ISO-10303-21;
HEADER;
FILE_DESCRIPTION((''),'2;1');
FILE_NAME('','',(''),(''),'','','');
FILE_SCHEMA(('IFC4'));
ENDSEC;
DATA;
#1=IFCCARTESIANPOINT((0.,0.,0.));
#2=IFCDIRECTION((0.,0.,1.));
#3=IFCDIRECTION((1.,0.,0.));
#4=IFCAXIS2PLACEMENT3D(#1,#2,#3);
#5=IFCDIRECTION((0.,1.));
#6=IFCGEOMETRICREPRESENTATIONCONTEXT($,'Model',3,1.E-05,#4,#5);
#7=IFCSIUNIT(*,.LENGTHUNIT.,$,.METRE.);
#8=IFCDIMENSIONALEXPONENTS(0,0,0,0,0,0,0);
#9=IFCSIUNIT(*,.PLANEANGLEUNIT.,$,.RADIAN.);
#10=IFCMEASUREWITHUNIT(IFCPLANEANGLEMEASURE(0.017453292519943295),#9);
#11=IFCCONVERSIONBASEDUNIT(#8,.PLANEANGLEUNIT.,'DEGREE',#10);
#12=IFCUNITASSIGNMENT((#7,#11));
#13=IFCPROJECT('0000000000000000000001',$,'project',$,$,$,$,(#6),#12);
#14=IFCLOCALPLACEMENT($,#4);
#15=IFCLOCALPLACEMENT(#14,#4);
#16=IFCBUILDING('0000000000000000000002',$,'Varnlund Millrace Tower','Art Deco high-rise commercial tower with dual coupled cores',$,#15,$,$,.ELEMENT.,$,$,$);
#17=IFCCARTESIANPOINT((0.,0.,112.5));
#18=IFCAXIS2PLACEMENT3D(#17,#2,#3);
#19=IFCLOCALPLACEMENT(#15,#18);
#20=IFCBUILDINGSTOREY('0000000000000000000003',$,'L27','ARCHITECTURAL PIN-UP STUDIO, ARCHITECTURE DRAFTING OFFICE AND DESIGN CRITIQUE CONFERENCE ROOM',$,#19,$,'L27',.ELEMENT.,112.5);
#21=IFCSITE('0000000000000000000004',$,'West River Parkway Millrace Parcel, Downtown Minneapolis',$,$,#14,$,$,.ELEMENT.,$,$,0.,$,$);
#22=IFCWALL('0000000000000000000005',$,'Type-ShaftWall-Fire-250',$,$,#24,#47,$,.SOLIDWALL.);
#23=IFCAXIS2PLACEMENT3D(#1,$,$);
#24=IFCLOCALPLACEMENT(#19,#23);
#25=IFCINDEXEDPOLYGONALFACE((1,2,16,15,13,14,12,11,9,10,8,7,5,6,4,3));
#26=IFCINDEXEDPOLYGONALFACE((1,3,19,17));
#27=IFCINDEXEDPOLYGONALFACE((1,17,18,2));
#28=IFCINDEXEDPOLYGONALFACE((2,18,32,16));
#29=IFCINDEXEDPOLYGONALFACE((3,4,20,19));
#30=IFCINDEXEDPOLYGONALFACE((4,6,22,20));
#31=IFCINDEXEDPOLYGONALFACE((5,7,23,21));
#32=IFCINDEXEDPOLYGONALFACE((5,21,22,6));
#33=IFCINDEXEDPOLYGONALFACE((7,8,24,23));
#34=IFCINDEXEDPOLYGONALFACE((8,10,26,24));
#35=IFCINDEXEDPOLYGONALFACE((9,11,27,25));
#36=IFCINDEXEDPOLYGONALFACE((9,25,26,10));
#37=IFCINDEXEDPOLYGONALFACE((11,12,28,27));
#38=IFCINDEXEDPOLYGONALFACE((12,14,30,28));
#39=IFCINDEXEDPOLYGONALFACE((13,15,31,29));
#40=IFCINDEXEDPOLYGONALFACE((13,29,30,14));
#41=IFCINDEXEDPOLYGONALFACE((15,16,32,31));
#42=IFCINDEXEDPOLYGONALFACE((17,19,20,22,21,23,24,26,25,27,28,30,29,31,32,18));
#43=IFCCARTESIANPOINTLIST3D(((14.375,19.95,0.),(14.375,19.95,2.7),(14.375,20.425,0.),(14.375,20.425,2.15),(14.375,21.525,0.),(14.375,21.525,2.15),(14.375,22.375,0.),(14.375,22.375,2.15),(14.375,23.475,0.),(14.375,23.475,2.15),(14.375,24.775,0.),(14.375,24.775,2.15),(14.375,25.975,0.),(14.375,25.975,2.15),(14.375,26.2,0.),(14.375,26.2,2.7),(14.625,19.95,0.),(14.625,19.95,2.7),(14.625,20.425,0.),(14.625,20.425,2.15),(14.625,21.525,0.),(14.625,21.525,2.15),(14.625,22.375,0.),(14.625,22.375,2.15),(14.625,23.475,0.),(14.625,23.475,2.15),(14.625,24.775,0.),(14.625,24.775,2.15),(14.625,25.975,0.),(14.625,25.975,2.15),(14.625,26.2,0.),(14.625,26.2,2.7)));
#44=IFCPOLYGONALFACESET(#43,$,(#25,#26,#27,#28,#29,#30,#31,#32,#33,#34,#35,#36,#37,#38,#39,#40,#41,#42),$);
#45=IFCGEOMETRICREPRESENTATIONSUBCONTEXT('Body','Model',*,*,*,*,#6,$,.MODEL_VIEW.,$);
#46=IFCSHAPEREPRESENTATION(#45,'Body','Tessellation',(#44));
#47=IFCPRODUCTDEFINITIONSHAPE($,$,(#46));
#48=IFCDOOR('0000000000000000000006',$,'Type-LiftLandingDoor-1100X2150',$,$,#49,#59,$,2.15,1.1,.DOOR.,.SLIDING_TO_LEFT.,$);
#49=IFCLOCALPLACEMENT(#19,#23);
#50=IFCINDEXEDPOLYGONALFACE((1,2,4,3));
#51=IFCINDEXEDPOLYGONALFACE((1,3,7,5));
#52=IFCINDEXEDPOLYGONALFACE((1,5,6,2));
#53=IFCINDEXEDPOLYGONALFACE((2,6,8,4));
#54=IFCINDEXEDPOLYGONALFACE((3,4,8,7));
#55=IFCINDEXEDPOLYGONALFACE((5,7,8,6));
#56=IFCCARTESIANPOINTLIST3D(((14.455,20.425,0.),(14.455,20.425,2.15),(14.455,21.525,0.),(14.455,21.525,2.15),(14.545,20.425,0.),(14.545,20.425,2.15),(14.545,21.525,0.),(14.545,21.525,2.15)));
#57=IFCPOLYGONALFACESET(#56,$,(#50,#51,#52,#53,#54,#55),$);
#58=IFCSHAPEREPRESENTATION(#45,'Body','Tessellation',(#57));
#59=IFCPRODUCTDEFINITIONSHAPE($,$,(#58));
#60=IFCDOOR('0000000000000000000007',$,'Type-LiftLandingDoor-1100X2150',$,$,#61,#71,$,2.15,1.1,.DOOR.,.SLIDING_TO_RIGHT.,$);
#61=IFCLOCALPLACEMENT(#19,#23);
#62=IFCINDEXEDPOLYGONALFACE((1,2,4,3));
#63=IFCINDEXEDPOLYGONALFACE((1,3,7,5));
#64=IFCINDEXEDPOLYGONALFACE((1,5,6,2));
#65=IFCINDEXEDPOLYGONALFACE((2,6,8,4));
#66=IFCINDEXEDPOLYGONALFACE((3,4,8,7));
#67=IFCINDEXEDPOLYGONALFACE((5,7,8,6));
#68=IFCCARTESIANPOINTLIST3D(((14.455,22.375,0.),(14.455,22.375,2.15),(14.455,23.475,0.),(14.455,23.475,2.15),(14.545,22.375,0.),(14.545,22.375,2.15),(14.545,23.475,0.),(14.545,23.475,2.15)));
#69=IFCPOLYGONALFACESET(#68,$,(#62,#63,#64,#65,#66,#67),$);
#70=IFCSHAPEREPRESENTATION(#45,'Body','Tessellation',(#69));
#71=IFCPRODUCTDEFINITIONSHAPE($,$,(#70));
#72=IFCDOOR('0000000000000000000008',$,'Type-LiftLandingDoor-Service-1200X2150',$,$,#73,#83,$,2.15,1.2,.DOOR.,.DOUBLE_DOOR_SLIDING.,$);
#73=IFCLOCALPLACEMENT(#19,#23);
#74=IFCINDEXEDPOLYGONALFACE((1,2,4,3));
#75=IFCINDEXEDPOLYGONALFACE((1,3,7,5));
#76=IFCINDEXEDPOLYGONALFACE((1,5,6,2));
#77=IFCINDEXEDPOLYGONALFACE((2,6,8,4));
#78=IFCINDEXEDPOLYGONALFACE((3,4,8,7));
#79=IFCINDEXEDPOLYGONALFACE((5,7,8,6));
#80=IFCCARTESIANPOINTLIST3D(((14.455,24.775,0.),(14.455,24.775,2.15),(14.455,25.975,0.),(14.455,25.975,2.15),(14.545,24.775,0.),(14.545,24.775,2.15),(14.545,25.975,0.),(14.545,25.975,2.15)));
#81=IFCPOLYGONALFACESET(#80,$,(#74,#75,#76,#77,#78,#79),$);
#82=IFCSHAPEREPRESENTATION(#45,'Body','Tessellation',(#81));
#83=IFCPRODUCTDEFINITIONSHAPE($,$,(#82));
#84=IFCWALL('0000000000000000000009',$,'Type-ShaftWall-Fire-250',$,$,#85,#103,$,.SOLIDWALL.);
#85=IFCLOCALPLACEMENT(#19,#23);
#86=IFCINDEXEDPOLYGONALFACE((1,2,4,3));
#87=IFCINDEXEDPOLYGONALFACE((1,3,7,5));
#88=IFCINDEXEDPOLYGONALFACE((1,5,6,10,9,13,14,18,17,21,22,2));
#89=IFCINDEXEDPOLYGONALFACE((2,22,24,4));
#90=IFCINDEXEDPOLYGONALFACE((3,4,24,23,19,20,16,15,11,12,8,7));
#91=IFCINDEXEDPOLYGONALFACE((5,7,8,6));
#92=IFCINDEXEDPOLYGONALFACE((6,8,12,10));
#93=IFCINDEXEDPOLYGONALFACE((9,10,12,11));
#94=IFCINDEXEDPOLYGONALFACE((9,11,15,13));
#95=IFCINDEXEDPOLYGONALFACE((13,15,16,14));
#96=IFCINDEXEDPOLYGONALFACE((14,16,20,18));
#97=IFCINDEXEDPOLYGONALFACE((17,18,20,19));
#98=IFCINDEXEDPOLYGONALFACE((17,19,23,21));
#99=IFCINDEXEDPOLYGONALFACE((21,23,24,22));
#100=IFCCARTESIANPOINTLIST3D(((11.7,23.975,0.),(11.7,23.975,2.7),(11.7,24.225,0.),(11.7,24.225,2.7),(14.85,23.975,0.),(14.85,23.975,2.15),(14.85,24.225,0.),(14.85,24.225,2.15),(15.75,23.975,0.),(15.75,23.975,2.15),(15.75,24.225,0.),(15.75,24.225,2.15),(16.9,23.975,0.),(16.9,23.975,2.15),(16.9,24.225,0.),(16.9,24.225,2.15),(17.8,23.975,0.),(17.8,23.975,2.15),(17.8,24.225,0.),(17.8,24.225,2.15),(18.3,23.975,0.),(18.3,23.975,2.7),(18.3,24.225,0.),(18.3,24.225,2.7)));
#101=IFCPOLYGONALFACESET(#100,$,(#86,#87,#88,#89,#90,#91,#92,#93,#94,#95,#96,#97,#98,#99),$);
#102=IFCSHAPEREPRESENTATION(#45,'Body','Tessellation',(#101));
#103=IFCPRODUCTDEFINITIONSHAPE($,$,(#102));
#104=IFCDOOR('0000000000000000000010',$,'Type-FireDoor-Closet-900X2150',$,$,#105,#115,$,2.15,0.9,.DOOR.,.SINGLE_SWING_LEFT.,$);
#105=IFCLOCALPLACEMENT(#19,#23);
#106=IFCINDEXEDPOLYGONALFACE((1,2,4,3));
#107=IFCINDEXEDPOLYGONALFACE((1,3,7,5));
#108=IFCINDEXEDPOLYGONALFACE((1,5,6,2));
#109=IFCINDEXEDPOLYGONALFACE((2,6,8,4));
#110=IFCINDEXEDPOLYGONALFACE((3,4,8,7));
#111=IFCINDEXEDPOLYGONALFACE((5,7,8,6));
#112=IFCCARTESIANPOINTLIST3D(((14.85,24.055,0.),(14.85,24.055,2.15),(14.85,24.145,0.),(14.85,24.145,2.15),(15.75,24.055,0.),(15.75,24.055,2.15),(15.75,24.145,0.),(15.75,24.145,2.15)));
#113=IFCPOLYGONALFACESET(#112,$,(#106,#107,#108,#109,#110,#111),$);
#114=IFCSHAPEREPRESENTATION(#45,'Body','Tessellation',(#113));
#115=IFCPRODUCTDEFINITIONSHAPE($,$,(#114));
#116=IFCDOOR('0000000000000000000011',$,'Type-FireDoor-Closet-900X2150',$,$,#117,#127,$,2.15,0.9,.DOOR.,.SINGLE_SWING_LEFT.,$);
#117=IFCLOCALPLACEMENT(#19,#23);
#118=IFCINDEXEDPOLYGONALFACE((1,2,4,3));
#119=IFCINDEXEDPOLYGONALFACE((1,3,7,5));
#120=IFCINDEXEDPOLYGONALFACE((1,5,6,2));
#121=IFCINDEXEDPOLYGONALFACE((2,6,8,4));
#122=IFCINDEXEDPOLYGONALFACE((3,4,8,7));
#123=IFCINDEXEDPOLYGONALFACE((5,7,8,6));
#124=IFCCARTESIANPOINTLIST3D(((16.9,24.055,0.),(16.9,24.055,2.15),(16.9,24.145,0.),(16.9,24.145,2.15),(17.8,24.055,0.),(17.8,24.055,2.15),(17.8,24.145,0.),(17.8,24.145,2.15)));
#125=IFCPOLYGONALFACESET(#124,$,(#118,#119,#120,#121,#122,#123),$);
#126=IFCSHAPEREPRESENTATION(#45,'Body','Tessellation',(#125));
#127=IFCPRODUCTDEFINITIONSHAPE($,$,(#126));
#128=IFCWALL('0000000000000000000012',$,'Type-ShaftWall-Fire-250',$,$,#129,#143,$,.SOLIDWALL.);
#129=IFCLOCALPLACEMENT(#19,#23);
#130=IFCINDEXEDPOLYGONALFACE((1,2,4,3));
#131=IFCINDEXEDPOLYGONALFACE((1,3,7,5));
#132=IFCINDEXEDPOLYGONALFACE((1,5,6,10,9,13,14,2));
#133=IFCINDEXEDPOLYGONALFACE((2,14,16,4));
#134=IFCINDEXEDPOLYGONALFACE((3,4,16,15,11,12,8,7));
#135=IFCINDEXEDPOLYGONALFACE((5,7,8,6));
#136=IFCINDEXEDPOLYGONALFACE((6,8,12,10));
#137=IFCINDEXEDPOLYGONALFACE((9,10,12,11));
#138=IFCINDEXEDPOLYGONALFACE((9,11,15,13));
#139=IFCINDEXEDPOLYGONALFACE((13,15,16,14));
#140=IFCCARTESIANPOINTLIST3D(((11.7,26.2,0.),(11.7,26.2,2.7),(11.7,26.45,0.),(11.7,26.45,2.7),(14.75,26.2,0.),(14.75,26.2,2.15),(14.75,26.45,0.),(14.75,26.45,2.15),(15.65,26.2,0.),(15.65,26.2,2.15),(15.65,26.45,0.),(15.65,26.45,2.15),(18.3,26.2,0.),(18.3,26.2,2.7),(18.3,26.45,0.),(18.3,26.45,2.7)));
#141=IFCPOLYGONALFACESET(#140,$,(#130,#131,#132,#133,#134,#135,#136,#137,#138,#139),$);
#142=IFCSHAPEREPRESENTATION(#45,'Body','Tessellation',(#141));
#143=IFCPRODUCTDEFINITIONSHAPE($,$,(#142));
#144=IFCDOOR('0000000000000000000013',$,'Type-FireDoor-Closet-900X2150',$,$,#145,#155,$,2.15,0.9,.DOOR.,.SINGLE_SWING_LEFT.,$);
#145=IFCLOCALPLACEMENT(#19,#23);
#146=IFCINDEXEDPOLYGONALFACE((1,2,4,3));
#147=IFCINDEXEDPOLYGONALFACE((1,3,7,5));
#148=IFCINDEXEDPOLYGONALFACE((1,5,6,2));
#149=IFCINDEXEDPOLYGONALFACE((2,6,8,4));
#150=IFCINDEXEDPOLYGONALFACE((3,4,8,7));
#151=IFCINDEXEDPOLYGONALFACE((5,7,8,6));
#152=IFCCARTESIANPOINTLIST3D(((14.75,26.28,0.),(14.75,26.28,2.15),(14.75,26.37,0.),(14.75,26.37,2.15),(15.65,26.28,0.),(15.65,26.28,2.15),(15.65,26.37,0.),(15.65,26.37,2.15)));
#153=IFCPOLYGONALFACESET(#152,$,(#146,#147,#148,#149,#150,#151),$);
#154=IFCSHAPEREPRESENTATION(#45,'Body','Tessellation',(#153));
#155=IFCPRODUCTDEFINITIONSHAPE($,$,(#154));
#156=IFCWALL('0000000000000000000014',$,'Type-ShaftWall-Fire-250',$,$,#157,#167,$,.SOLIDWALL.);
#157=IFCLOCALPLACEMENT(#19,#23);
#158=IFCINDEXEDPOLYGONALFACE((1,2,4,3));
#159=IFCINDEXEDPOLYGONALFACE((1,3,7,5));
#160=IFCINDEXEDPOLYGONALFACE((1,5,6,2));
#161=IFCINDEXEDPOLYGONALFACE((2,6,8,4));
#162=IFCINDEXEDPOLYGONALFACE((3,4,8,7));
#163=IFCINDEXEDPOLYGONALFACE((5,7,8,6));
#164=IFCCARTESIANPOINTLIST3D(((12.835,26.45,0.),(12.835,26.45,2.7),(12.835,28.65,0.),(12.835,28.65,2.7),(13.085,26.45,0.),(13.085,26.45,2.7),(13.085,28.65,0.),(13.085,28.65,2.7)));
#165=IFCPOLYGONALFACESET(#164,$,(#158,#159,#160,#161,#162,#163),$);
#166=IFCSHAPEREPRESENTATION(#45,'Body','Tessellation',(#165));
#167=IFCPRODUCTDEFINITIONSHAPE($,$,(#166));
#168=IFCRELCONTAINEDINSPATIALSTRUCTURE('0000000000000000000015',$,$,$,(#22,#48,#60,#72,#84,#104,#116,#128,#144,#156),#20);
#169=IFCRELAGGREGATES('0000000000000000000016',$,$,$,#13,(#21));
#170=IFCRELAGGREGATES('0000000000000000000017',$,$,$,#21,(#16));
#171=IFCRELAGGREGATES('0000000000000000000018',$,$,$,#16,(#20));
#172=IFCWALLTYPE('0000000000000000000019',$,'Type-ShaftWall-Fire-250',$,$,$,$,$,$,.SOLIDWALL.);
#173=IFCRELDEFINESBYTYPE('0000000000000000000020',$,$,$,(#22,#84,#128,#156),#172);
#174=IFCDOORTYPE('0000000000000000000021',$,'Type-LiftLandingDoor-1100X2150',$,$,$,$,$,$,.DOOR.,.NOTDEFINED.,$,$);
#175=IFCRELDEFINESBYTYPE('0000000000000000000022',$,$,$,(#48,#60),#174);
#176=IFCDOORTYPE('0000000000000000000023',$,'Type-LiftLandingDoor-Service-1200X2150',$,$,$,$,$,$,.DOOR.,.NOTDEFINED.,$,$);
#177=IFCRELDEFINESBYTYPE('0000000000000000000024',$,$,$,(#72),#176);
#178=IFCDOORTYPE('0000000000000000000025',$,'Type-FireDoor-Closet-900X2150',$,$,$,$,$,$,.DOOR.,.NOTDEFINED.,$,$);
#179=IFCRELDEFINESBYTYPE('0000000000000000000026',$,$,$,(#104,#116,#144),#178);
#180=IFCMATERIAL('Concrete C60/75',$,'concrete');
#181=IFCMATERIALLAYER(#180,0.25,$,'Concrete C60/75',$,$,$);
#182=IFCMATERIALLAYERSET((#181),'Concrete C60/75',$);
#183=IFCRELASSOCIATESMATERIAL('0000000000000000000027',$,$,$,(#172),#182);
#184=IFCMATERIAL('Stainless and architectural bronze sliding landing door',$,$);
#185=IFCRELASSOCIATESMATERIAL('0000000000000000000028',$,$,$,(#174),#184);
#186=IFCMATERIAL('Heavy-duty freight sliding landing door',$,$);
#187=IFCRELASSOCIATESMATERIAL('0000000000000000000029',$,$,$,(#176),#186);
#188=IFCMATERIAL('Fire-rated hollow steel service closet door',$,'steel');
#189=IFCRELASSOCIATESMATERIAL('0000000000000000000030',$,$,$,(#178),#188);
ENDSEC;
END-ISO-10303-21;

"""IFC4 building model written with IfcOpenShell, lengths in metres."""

from ifc_helpers import new_model, entity, si_unit, converted_unit, direction, frame, origin_with_axes, origin_2d_with_axis, place, context, subcontext, project, spatial, polyline, rectangle, outline, extrude, material, layer, layer_set, type_object, element, fill, save


model = new_model("IFC4")

# Units and contexts
model_context = context("Model", 3, precision=1e-05, world=origin_with_axes(), true_north=direction((0.0, 1.0)))
body_context = subcontext(model_context, "Body", "Model", "MODEL_VIEW")
ifc_project = project(units=[si_unit("LENGTHUNIT", "METRE"), converted_unit("PLANEANGLEUNIT", "DEGREE", entity("IfcPlaneAngleMeasure", 0.017453292519943295), si_unit("PLANEANGLEUNIT", "RADIAN"), dimensions=[0, 0, 0, 0, 0, 0, 0])], contexts=[model_context])

# Site, building, storey
site_placement = place(None, origin_with_axes())
site = spatial("IfcSite", under=ifc_project, at=site_placement, Name="West River Parkway Millrace Parcel, Downtown Minneapolis", CompositionType="ELEMENT", RefElevation=0.0)
building_placement = place(site_placement, origin_with_axes())
building = spatial("IfcBuilding", under=site, at=building_placement, Name="Varnlund Millrace Tower", Description="Art Deco high-rise commercial tower with dual coupled cores", CompositionType="ELEMENT")
storey_placement = place(building_placement, frame((0.0, 0.0, 112.5), z_axis=(0.0, 0.0, 1.0), x_axis=(1.0, 0.0, 0.0)))
storey = spatial("IfcBuildingStorey", under=building, at=storey_placement, Name="L27", Description="ARCHITECTURAL PIN-UP STUDIO, ARCHITECTURE DRAFTING OFFICE AND DESIGN CRITIQUE CONFERENCE ROOM", LongName="L27", CompositionType="ELEMENT", Elevation=112.5)

# Walls, openings, doors
ifc_material_1 = material(Name="Concrete C60/75", Category="concrete")
ifc_layer_1 = layer(ifc_material_1, 0.25, Name="Concrete C60/75")
ifc_layer_set_1 = layer_set([ifc_layer_1], Name="Concrete C60/75")
wall_type_1 = type_object("IfcWallType", Name="Type-ShaftWall-Fire-250", PredefinedType="SOLIDWALL", material=ifc_layer_set_1)
wall_1_placement = place(storey_placement, frame((14.5, 19.95, 0.0), z_axis=(0.0, 0.0, 1.0), x_axis=(0.0, 1.0, 0.0)))
wall_1 = element("IfcWall", 1, at=wall_1_placement, inside=storey, type_object=wall_type_1, Name="Type-ShaftWall-Fire-250", PredefinedType="SOLIDWALL", context=body_context, shape_type="SweptSolid", body=[
    extrude(outline(polyline([(0.0, -0.125), (6.25, -0.125), (6.25, 0.125), (0.0, 0.125), (0.0, -0.125)])), origin_with_axes(), (0.0, 0.0, 1.0), 2.7),
])
opening_1_placement = place(wall_1_placement, frame((1.025, 0.0, 0.0), z_axis=(0.0, 0.0, 1.0), x_axis=(1.0, 0.0, 0.0)))
opening_1 = element("IfcOpeningElement", 2, at=opening_1_placement, cuts=wall_1, PredefinedType="OPENING", context=body_context, shape_type="SweptSolid", body=[
    extrude(rectangle(XDim=1.1, YDim=0.27, at=origin_2d_with_axis()), origin_with_axes(), (0.0, 0.0, 1.0), 2.15),
])
opening_2_placement = place(wall_1_placement, frame((2.975, 0.0, 0.0), z_axis=(0.0, 0.0, 1.0), x_axis=(1.0, 0.0, 0.0)))
opening_2 = element("IfcOpeningElement", 3, at=opening_2_placement, cuts=wall_1, PredefinedType="OPENING", context=body_context, shape_type="SweptSolid", body=[
    extrude(rectangle(XDim=1.1, YDim=0.27, at=origin_2d_with_axis()), origin_with_axes(), (0.0, 0.0, 1.0), 2.15),
])
opening_3_placement = place(wall_1_placement, frame((5.425, 0.0, 0.0), z_axis=(0.0, 0.0, 1.0), x_axis=(1.0, 0.0, 0.0)))
opening_3 = element("IfcOpeningElement", 4, at=opening_3_placement, cuts=wall_1, PredefinedType="OPENING", context=body_context, shape_type="SweptSolid", body=[
    extrude(rectangle(XDim=1.2, YDim=0.27, at=origin_2d_with_axis()), origin_with_axes(), (0.0, 0.0, 1.0), 2.15),
])
ifc_material_2 = material(Name="Stainless and architectural bronze sliding landing door")
door_type_1 = type_object("IfcDoorType", Name="Type-LiftLandingDoor-1100X2150", OperationType="NOTDEFINED", PredefinedType="DOOR", material=ifc_material_2)
door_1_placement = place(wall_1_placement, frame((1.025, 0.0, 0.0), z_axis=(0.0, 0.0, 1.0), x_axis=(1.0, 0.0, 0.0)))
door_1 = element("IfcDoor", 5, at=door_1_placement, inside=storey, type_object=door_type_1, Name="Type-LiftLandingDoor-1100X2150", OperationType="SLIDING_TO_LEFT", OverallHeight=2.15, OverallWidth=1.1, PredefinedType="DOOR", context=body_context, shape_type="SweptSolid", body=[
    extrude(rectangle(XDim=1.1, YDim=0.09, at=origin_2d_with_axis()), origin_with_axes(), (0.0, 0.0, 1.0), 2.15),
])
fill(opening_1, door_1)
door_2_placement = place(wall_1_placement, frame((2.975, 0.0, 0.0), z_axis=(0.0, 0.0, 1.0), x_axis=(1.0, 0.0, 0.0)))
door_2 = element("IfcDoor", 6, at=door_2_placement, inside=storey, type_object=door_type_1, Name="Type-LiftLandingDoor-1100X2150", OperationType="SLIDING_TO_RIGHT", OverallHeight=2.15, OverallWidth=1.1, PredefinedType="DOOR", context=body_context, shape_type="SweptSolid", body=[
    extrude(rectangle(XDim=1.1, YDim=0.09, at=origin_2d_with_axis()), origin_with_axes(), (0.0, 0.0, 1.0), 2.15),
])
fill(opening_2, door_2)
ifc_material_3 = material(Name="Heavy-duty freight sliding landing door")
door_type_2 = type_object("IfcDoorType", Name="Type-LiftLandingDoor-Service-1200X2150", OperationType="NOTDEFINED", PredefinedType="DOOR", material=ifc_material_3)
door_3_placement = place(wall_1_placement, frame((5.425, 0.0, 0.0), z_axis=(0.0, 0.0, 1.0), x_axis=(1.0, 0.0, 0.0)))
door_3 = element("IfcDoor", 7, at=door_3_placement, inside=storey, type_object=door_type_2, Name="Type-LiftLandingDoor-Service-1200X2150", OperationType="DOUBLE_DOOR_SLIDING", OverallHeight=2.15, OverallWidth=1.2, PredefinedType="DOOR", context=body_context, shape_type="SweptSolid", body=[
    extrude(rectangle(XDim=1.2, YDim=0.09, at=origin_2d_with_axis()), origin_with_axes(), (0.0, 0.0, 1.0), 2.15),
])
fill(opening_3, door_3)
wall_2_placement = place(storey_placement, frame((11.7, 24.1, 0.0), z_axis=(0.0, 0.0, 1.0), x_axis=(1.0, 0.0, 0.0)))
wall_2 = element("IfcWall", 8, at=wall_2_placement, inside=storey, type_object=wall_type_1, Name="Type-ShaftWall-Fire-250", PredefinedType="SOLIDWALL", context=body_context, shape_type="SweptSolid", body=[
    extrude(outline(polyline([(0.0, -0.125), (6.6, -0.125), (6.6, 0.125), (0.0, 0.125), (0.0, -0.125)])), origin_with_axes(), (0.0, 0.0, 1.0), 2.7),
])
opening_4_placement = place(wall_2_placement, frame((3.6, 0.0, 0.0), z_axis=(0.0, 0.0, 1.0), x_axis=(1.0, 0.0, 0.0)))
opening_4 = element("IfcOpeningElement", 9, at=opening_4_placement, cuts=wall_2, PredefinedType="OPENING", context=body_context, shape_type="SweptSolid", body=[
    extrude(rectangle(XDim=0.9, YDim=0.27, at=origin_2d_with_axis()), origin_with_axes(), (0.0, 0.0, 1.0), 2.15),
])
opening_5_placement = place(wall_2_placement, frame((5.65, 0.0, 0.0), z_axis=(0.0, 0.0, 1.0), x_axis=(1.0, 0.0, 0.0)))
opening_5 = element("IfcOpeningElement", 10, at=opening_5_placement, cuts=wall_2, PredefinedType="OPENING", context=body_context, shape_type="SweptSolid", body=[
    extrude(rectangle(XDim=0.9, YDim=0.27, at=origin_2d_with_axis()), origin_with_axes(), (0.0, 0.0, 1.0), 2.15),
])
ifc_material_4 = material(Name="Fire-rated hollow steel service closet door", Category="steel")
door_type_3 = type_object("IfcDoorType", Name="Type-FireDoor-Closet-900X2150", OperationType="NOTDEFINED", PredefinedType="DOOR", material=ifc_material_4)
door_4_placement = place(wall_2_placement, frame((3.6, 0.0, 0.0), z_axis=(0.0, 0.0, 1.0), x_axis=(1.0, 0.0, 0.0)))
door_4 = element("IfcDoor", 11, at=door_4_placement, inside=storey, type_object=door_type_3, Name="Type-FireDoor-Closet-900X2150", OperationType="SINGLE_SWING_LEFT", OverallHeight=2.15, OverallWidth=0.9, PredefinedType="DOOR", context=body_context, shape_type="SweptSolid", body=[
    extrude(rectangle(XDim=0.9, YDim=0.09, at=origin_2d_with_axis()), origin_with_axes(), (0.0, 0.0, 1.0), 2.15),
])
fill(opening_4, door_4)
door_5_placement = place(wall_2_placement, frame((5.65, 0.0, 0.0), z_axis=(0.0, 0.0, 1.0), x_axis=(1.0, 0.0, 0.0)))
door_5 = element("IfcDoor", 12, at=door_5_placement, inside=storey, type_object=door_type_3, Name="Type-FireDoor-Closet-900X2150", OperationType="SINGLE_SWING_LEFT", OverallHeight=2.15, OverallWidth=0.9, PredefinedType="DOOR", context=body_context, shape_type="SweptSolid", body=[
    extrude(rectangle(XDim=0.9, YDim=0.09, at=origin_2d_with_axis()), origin_with_axes(), (0.0, 0.0, 1.0), 2.15),
])
fill(opening_5, door_5)

# Wall, opening, door
wall_3_placement = place(storey_placement, frame((11.7, 26.325, 0.0), z_axis=(0.0, 0.0, 1.0), x_axis=(1.0, 0.0, 0.0)))
wall_3 = element("IfcWall", 13, at=wall_3_placement, inside=storey, type_object=wall_type_1, Name="Type-ShaftWall-Fire-250", PredefinedType="SOLIDWALL", context=body_context, shape_type="SweptSolid", body=[
    extrude(outline(polyline([(0.0, -0.125), (6.6, -0.125), (6.6, 0.125), (0.0, 0.125), (0.0, -0.125)])), origin_with_axes(), (0.0, 0.0, 1.0), 2.7),
])
opening_6_placement = place(wall_3_placement, frame((3.5, 0.0, 0.0), z_axis=(0.0, 0.0, 1.0), x_axis=(1.0, 0.0, 0.0)))
opening_6 = element("IfcOpeningElement", 14, at=opening_6_placement, cuts=wall_3, PredefinedType="OPENING", context=body_context, shape_type="SweptSolid", body=[
    extrude(rectangle(XDim=0.9, YDim=0.27, at=origin_2d_with_axis()), origin_with_axes(), (0.0, 0.0, 1.0), 2.15),
])
door_6_placement = place(wall_3_placement, frame((3.5, 0.0, 0.0), z_axis=(0.0, 0.0, 1.0), x_axis=(1.0, 0.0, 0.0)))
door_6 = element("IfcDoor", 15, at=door_6_placement, inside=storey, type_object=door_type_3, Name="Type-FireDoor-Closet-900X2150", OperationType="SINGLE_SWING_LEFT", OverallHeight=2.15, OverallWidth=0.9, PredefinedType="DOOR", context=body_context, shape_type="SweptSolid", body=[
    extrude(rectangle(XDim=0.9, YDim=0.09, at=origin_2d_with_axis()), origin_with_axes(), (0.0, 0.0, 1.0), 2.15),
])
fill(opening_6, door_6)

# Wall
for number, where, z_axis, x_axis, name in (
    (16, (12.96, 26.45, 0.0), (0.0, 0.0, 1.0), (0.0, 1.0, 0.0), "Type-ShaftWall-Fire-250"),
):
    element("IfcWall", number, at=place(storey_placement, frame(where, z_axis=z_axis, x_axis=x_axis)), inside=storey, type_object=wall_type_1, Name=name, PredefinedType="SOLIDWALL", context=body_context, shape_type="SweptSolid", body=[
        extrude(outline(polyline([(0.0, -0.125), (2.2, -0.125), (2.2, 0.125), (0.0, 0.125), (0.0, -0.125)])), origin_with_axes(), (0.0, 0.0, 1.0), 2.7),
    ])

save(model, "model.ifc")
